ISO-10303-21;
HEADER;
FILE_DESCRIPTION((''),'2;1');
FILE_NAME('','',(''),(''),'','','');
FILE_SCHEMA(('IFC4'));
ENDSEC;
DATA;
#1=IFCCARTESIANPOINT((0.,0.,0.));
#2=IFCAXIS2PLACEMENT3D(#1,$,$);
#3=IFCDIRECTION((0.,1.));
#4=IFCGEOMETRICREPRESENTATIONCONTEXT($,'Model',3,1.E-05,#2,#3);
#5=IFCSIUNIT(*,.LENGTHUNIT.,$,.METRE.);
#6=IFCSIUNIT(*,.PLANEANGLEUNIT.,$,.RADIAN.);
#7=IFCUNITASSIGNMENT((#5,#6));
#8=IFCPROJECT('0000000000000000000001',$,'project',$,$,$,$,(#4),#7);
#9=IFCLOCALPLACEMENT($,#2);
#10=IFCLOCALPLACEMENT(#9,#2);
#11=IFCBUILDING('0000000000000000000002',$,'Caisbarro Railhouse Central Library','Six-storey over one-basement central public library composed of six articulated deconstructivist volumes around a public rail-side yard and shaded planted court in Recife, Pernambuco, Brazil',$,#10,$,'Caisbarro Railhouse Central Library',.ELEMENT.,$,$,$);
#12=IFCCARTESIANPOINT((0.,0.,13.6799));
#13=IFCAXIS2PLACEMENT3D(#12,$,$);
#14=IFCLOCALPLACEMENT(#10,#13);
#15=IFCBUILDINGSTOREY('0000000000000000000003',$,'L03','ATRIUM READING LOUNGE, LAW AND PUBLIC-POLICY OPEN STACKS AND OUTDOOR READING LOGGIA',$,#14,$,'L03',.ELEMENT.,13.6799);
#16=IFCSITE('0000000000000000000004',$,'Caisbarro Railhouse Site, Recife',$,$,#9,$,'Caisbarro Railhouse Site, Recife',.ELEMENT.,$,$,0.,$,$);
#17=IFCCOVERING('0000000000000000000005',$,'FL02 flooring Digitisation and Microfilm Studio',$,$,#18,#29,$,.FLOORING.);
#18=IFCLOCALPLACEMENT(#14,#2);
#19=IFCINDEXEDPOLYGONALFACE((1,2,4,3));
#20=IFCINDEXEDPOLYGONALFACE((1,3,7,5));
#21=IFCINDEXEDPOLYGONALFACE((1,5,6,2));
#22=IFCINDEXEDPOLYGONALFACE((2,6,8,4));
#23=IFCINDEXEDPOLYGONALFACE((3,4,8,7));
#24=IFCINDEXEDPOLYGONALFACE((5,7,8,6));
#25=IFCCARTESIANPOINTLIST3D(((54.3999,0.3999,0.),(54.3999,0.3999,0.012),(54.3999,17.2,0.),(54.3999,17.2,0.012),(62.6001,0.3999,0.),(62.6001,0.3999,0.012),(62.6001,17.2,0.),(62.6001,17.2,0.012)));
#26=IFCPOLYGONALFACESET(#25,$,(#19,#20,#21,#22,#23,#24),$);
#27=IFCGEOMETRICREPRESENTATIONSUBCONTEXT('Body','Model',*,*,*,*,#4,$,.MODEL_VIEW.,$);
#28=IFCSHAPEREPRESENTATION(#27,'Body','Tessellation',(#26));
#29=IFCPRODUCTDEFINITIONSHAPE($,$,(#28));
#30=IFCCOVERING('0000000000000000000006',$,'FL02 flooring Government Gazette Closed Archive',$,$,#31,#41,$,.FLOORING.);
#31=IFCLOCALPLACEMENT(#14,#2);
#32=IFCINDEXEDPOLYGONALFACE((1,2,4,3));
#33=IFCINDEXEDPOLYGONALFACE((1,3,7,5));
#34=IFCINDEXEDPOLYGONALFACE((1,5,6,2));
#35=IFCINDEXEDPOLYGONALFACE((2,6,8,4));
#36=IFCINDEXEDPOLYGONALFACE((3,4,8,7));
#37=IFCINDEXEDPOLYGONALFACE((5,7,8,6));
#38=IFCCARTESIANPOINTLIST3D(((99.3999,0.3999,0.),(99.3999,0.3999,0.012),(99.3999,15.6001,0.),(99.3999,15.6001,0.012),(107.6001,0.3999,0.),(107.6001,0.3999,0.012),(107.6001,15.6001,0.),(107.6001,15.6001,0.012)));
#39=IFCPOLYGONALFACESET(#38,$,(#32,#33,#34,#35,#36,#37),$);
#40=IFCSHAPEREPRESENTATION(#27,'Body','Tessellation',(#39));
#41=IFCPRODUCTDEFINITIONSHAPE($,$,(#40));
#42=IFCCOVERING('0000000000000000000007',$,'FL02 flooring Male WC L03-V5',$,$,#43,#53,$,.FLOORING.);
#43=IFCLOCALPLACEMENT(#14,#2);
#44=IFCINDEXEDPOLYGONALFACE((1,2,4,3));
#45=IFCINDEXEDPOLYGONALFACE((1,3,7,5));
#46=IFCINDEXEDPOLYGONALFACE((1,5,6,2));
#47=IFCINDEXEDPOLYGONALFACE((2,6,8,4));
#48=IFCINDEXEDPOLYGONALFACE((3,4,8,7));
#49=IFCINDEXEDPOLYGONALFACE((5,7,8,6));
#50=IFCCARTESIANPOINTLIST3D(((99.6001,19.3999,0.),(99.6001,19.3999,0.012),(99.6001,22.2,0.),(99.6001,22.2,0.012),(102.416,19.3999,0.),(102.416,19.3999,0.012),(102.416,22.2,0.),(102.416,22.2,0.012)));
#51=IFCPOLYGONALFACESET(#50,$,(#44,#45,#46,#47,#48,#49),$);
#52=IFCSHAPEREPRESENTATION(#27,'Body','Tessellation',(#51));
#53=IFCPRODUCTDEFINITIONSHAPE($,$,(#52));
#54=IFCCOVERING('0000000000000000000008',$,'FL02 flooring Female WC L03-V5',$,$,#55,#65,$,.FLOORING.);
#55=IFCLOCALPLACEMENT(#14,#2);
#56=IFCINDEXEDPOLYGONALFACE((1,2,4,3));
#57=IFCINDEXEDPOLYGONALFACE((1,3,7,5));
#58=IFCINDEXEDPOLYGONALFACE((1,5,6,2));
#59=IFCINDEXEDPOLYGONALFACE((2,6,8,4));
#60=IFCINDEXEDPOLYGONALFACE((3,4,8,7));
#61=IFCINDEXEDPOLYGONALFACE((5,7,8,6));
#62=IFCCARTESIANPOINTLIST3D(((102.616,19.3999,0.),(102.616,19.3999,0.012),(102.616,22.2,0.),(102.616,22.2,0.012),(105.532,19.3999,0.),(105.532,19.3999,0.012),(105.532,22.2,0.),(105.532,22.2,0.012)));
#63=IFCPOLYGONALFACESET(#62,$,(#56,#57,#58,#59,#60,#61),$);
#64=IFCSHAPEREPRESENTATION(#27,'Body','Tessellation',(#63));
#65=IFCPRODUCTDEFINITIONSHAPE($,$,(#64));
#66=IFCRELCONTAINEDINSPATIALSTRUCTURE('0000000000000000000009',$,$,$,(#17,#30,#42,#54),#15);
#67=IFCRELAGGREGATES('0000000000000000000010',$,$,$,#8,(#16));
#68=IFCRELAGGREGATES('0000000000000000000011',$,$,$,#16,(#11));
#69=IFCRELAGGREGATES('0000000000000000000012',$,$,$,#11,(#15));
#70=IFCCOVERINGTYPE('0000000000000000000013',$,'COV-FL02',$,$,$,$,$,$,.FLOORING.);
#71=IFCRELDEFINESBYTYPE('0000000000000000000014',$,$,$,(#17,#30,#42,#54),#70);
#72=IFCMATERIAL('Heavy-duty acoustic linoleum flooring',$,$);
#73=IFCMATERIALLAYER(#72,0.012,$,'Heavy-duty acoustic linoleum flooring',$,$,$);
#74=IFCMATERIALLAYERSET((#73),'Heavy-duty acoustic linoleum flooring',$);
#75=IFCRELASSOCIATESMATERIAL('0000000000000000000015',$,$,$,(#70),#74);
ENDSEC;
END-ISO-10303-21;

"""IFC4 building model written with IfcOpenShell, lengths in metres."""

from ifc_helpers import new_model, si_unit, direction, frame, origin, place, context, subcontext, project, spatial, polyline, outline, extrude, material, layer, layer_set, type_object, element, save


model = new_model("IFC4")

# Units and contexts
model_context = context("Model", 3, precision=1e-05, world=origin(), true_north=direction((0.0, 1.0)))
body_context = subcontext(model_context, "Body", "Model", "MODEL_VIEW")
ifc_project = project(units=[si_unit("LENGTHUNIT", "METRE"), si_unit("PLANEANGLEUNIT", "RADIAN")], contexts=[model_context])

# Site, building, storey
site_placement = place(None, origin())
site = spatial("IfcSite", under=ifc_project, at=site_placement, Name="Caisbarro Railhouse Site, Recife", LongName="Caisbarro Railhouse Site, Recife", CompositionType="ELEMENT", RefElevation=0.0)
building_placement = place(site_placement, origin())
building = spatial("IfcBuilding", under=site, at=building_placement, Name="Caisbarro Railhouse Central Library", Description="Six-storey over one-basement central public library composed of six articulated deconstructivist volumes around a public rail-side yard and shaded planted court in Recife, Pernambuco, Brazil", LongName="Caisbarro Railhouse Central Library", CompositionType="ELEMENT")
storey_placement = place(building_placement, frame((0.0, 0.0, 13.6799)))
storey = spatial("IfcBuildingStorey", under=building, at=storey_placement, Name="L03", Description="ATRIUM READING LOUNGE, LAW AND PUBLIC-POLICY OPEN STACKS AND OUTDOOR READING LOGGIA", LongName="L03", CompositionType="ELEMENT", Elevation=13.6799)

# Coverings
ifc_material_1 = material(Name="Heavy-duty acoustic linoleum flooring")
ifc_layer_1 = layer(ifc_material_1, 0.012, Name="Heavy-duty acoustic linoleum flooring")
ifc_layer_set_1 = layer_set([ifc_layer_1], Name="Heavy-duty acoustic linoleum flooring")
covering_type_1 = type_object("IfcCoveringType", Name="COV-FL02", PredefinedType="FLOORING", material=ifc_layer_set_1)
covering_1_placement = place(storey_placement, origin())
element("IfcCovering", 1, at=covering_1_placement, inside=storey, type_object=covering_type_1, Name="FL02 flooring Digitisation and Microfilm Studio", PredefinedType="FLOORING", context=body_context, shape_type="SweptSolid", body=[
    extrude(outline(polyline([(54.3999, 0.3999), (62.6001, 0.3999), (62.6001, 17.2), (54.3999, 17.2), (54.3999, 0.3999)])), origin(), (0.0, 0.0, 1.0), 0.012),
])
covering_2_placement = place(storey_placement, origin())
element("IfcCovering", 2, at=covering_2_placement, inside=storey, type_object=covering_type_1, Name="FL02 flooring Government Gazette Closed Archive", PredefinedType="FLOORING", context=body_context, shape_type="SweptSolid", body=[
    extrude(outline(polyline([(99.3999, 0.3999), (107.6001, 0.3999), (107.6001, 15.6001), (99.3999, 15.6001), (99.3999, 0.3999)])), origin(), (0.0, 0.0, 1.0), 0.012),
])
covering_3_placement = place(storey_placement, origin())
element("IfcCovering", 3, at=covering_3_placement, inside=storey, type_object=covering_type_1, Name="FL02 flooring Male WC L03-V5", PredefinedType="FLOORING", context=body_context, shape_type="SweptSolid", body=[
    extrude(outline(polyline([(99.6001, 19.3999), (102.416, 19.3999), (102.416, 22.2), (99.6001, 22.2), (99.6001, 19.3999)])), origin(), (0.0, 0.0, 1.0), 0.012),
])
covering_4_placement = place(storey_placement, origin())
element("IfcCovering", 4, at=covering_4_placement, inside=storey, type_object=covering_type_1, Name="FL02 flooring Female WC L03-V5", PredefinedType="FLOORING", context=body_context, shape_type="SweptSolid", body=[
    extrude(outline(polyline([(102.616, 19.3999), (105.532, 19.3999), (105.532, 22.2), (102.616, 22.2), (102.616, 19.3999)])), origin(), (0.0, 0.0, 1.0), 0.012),
])

save(model, "model.ifc")
